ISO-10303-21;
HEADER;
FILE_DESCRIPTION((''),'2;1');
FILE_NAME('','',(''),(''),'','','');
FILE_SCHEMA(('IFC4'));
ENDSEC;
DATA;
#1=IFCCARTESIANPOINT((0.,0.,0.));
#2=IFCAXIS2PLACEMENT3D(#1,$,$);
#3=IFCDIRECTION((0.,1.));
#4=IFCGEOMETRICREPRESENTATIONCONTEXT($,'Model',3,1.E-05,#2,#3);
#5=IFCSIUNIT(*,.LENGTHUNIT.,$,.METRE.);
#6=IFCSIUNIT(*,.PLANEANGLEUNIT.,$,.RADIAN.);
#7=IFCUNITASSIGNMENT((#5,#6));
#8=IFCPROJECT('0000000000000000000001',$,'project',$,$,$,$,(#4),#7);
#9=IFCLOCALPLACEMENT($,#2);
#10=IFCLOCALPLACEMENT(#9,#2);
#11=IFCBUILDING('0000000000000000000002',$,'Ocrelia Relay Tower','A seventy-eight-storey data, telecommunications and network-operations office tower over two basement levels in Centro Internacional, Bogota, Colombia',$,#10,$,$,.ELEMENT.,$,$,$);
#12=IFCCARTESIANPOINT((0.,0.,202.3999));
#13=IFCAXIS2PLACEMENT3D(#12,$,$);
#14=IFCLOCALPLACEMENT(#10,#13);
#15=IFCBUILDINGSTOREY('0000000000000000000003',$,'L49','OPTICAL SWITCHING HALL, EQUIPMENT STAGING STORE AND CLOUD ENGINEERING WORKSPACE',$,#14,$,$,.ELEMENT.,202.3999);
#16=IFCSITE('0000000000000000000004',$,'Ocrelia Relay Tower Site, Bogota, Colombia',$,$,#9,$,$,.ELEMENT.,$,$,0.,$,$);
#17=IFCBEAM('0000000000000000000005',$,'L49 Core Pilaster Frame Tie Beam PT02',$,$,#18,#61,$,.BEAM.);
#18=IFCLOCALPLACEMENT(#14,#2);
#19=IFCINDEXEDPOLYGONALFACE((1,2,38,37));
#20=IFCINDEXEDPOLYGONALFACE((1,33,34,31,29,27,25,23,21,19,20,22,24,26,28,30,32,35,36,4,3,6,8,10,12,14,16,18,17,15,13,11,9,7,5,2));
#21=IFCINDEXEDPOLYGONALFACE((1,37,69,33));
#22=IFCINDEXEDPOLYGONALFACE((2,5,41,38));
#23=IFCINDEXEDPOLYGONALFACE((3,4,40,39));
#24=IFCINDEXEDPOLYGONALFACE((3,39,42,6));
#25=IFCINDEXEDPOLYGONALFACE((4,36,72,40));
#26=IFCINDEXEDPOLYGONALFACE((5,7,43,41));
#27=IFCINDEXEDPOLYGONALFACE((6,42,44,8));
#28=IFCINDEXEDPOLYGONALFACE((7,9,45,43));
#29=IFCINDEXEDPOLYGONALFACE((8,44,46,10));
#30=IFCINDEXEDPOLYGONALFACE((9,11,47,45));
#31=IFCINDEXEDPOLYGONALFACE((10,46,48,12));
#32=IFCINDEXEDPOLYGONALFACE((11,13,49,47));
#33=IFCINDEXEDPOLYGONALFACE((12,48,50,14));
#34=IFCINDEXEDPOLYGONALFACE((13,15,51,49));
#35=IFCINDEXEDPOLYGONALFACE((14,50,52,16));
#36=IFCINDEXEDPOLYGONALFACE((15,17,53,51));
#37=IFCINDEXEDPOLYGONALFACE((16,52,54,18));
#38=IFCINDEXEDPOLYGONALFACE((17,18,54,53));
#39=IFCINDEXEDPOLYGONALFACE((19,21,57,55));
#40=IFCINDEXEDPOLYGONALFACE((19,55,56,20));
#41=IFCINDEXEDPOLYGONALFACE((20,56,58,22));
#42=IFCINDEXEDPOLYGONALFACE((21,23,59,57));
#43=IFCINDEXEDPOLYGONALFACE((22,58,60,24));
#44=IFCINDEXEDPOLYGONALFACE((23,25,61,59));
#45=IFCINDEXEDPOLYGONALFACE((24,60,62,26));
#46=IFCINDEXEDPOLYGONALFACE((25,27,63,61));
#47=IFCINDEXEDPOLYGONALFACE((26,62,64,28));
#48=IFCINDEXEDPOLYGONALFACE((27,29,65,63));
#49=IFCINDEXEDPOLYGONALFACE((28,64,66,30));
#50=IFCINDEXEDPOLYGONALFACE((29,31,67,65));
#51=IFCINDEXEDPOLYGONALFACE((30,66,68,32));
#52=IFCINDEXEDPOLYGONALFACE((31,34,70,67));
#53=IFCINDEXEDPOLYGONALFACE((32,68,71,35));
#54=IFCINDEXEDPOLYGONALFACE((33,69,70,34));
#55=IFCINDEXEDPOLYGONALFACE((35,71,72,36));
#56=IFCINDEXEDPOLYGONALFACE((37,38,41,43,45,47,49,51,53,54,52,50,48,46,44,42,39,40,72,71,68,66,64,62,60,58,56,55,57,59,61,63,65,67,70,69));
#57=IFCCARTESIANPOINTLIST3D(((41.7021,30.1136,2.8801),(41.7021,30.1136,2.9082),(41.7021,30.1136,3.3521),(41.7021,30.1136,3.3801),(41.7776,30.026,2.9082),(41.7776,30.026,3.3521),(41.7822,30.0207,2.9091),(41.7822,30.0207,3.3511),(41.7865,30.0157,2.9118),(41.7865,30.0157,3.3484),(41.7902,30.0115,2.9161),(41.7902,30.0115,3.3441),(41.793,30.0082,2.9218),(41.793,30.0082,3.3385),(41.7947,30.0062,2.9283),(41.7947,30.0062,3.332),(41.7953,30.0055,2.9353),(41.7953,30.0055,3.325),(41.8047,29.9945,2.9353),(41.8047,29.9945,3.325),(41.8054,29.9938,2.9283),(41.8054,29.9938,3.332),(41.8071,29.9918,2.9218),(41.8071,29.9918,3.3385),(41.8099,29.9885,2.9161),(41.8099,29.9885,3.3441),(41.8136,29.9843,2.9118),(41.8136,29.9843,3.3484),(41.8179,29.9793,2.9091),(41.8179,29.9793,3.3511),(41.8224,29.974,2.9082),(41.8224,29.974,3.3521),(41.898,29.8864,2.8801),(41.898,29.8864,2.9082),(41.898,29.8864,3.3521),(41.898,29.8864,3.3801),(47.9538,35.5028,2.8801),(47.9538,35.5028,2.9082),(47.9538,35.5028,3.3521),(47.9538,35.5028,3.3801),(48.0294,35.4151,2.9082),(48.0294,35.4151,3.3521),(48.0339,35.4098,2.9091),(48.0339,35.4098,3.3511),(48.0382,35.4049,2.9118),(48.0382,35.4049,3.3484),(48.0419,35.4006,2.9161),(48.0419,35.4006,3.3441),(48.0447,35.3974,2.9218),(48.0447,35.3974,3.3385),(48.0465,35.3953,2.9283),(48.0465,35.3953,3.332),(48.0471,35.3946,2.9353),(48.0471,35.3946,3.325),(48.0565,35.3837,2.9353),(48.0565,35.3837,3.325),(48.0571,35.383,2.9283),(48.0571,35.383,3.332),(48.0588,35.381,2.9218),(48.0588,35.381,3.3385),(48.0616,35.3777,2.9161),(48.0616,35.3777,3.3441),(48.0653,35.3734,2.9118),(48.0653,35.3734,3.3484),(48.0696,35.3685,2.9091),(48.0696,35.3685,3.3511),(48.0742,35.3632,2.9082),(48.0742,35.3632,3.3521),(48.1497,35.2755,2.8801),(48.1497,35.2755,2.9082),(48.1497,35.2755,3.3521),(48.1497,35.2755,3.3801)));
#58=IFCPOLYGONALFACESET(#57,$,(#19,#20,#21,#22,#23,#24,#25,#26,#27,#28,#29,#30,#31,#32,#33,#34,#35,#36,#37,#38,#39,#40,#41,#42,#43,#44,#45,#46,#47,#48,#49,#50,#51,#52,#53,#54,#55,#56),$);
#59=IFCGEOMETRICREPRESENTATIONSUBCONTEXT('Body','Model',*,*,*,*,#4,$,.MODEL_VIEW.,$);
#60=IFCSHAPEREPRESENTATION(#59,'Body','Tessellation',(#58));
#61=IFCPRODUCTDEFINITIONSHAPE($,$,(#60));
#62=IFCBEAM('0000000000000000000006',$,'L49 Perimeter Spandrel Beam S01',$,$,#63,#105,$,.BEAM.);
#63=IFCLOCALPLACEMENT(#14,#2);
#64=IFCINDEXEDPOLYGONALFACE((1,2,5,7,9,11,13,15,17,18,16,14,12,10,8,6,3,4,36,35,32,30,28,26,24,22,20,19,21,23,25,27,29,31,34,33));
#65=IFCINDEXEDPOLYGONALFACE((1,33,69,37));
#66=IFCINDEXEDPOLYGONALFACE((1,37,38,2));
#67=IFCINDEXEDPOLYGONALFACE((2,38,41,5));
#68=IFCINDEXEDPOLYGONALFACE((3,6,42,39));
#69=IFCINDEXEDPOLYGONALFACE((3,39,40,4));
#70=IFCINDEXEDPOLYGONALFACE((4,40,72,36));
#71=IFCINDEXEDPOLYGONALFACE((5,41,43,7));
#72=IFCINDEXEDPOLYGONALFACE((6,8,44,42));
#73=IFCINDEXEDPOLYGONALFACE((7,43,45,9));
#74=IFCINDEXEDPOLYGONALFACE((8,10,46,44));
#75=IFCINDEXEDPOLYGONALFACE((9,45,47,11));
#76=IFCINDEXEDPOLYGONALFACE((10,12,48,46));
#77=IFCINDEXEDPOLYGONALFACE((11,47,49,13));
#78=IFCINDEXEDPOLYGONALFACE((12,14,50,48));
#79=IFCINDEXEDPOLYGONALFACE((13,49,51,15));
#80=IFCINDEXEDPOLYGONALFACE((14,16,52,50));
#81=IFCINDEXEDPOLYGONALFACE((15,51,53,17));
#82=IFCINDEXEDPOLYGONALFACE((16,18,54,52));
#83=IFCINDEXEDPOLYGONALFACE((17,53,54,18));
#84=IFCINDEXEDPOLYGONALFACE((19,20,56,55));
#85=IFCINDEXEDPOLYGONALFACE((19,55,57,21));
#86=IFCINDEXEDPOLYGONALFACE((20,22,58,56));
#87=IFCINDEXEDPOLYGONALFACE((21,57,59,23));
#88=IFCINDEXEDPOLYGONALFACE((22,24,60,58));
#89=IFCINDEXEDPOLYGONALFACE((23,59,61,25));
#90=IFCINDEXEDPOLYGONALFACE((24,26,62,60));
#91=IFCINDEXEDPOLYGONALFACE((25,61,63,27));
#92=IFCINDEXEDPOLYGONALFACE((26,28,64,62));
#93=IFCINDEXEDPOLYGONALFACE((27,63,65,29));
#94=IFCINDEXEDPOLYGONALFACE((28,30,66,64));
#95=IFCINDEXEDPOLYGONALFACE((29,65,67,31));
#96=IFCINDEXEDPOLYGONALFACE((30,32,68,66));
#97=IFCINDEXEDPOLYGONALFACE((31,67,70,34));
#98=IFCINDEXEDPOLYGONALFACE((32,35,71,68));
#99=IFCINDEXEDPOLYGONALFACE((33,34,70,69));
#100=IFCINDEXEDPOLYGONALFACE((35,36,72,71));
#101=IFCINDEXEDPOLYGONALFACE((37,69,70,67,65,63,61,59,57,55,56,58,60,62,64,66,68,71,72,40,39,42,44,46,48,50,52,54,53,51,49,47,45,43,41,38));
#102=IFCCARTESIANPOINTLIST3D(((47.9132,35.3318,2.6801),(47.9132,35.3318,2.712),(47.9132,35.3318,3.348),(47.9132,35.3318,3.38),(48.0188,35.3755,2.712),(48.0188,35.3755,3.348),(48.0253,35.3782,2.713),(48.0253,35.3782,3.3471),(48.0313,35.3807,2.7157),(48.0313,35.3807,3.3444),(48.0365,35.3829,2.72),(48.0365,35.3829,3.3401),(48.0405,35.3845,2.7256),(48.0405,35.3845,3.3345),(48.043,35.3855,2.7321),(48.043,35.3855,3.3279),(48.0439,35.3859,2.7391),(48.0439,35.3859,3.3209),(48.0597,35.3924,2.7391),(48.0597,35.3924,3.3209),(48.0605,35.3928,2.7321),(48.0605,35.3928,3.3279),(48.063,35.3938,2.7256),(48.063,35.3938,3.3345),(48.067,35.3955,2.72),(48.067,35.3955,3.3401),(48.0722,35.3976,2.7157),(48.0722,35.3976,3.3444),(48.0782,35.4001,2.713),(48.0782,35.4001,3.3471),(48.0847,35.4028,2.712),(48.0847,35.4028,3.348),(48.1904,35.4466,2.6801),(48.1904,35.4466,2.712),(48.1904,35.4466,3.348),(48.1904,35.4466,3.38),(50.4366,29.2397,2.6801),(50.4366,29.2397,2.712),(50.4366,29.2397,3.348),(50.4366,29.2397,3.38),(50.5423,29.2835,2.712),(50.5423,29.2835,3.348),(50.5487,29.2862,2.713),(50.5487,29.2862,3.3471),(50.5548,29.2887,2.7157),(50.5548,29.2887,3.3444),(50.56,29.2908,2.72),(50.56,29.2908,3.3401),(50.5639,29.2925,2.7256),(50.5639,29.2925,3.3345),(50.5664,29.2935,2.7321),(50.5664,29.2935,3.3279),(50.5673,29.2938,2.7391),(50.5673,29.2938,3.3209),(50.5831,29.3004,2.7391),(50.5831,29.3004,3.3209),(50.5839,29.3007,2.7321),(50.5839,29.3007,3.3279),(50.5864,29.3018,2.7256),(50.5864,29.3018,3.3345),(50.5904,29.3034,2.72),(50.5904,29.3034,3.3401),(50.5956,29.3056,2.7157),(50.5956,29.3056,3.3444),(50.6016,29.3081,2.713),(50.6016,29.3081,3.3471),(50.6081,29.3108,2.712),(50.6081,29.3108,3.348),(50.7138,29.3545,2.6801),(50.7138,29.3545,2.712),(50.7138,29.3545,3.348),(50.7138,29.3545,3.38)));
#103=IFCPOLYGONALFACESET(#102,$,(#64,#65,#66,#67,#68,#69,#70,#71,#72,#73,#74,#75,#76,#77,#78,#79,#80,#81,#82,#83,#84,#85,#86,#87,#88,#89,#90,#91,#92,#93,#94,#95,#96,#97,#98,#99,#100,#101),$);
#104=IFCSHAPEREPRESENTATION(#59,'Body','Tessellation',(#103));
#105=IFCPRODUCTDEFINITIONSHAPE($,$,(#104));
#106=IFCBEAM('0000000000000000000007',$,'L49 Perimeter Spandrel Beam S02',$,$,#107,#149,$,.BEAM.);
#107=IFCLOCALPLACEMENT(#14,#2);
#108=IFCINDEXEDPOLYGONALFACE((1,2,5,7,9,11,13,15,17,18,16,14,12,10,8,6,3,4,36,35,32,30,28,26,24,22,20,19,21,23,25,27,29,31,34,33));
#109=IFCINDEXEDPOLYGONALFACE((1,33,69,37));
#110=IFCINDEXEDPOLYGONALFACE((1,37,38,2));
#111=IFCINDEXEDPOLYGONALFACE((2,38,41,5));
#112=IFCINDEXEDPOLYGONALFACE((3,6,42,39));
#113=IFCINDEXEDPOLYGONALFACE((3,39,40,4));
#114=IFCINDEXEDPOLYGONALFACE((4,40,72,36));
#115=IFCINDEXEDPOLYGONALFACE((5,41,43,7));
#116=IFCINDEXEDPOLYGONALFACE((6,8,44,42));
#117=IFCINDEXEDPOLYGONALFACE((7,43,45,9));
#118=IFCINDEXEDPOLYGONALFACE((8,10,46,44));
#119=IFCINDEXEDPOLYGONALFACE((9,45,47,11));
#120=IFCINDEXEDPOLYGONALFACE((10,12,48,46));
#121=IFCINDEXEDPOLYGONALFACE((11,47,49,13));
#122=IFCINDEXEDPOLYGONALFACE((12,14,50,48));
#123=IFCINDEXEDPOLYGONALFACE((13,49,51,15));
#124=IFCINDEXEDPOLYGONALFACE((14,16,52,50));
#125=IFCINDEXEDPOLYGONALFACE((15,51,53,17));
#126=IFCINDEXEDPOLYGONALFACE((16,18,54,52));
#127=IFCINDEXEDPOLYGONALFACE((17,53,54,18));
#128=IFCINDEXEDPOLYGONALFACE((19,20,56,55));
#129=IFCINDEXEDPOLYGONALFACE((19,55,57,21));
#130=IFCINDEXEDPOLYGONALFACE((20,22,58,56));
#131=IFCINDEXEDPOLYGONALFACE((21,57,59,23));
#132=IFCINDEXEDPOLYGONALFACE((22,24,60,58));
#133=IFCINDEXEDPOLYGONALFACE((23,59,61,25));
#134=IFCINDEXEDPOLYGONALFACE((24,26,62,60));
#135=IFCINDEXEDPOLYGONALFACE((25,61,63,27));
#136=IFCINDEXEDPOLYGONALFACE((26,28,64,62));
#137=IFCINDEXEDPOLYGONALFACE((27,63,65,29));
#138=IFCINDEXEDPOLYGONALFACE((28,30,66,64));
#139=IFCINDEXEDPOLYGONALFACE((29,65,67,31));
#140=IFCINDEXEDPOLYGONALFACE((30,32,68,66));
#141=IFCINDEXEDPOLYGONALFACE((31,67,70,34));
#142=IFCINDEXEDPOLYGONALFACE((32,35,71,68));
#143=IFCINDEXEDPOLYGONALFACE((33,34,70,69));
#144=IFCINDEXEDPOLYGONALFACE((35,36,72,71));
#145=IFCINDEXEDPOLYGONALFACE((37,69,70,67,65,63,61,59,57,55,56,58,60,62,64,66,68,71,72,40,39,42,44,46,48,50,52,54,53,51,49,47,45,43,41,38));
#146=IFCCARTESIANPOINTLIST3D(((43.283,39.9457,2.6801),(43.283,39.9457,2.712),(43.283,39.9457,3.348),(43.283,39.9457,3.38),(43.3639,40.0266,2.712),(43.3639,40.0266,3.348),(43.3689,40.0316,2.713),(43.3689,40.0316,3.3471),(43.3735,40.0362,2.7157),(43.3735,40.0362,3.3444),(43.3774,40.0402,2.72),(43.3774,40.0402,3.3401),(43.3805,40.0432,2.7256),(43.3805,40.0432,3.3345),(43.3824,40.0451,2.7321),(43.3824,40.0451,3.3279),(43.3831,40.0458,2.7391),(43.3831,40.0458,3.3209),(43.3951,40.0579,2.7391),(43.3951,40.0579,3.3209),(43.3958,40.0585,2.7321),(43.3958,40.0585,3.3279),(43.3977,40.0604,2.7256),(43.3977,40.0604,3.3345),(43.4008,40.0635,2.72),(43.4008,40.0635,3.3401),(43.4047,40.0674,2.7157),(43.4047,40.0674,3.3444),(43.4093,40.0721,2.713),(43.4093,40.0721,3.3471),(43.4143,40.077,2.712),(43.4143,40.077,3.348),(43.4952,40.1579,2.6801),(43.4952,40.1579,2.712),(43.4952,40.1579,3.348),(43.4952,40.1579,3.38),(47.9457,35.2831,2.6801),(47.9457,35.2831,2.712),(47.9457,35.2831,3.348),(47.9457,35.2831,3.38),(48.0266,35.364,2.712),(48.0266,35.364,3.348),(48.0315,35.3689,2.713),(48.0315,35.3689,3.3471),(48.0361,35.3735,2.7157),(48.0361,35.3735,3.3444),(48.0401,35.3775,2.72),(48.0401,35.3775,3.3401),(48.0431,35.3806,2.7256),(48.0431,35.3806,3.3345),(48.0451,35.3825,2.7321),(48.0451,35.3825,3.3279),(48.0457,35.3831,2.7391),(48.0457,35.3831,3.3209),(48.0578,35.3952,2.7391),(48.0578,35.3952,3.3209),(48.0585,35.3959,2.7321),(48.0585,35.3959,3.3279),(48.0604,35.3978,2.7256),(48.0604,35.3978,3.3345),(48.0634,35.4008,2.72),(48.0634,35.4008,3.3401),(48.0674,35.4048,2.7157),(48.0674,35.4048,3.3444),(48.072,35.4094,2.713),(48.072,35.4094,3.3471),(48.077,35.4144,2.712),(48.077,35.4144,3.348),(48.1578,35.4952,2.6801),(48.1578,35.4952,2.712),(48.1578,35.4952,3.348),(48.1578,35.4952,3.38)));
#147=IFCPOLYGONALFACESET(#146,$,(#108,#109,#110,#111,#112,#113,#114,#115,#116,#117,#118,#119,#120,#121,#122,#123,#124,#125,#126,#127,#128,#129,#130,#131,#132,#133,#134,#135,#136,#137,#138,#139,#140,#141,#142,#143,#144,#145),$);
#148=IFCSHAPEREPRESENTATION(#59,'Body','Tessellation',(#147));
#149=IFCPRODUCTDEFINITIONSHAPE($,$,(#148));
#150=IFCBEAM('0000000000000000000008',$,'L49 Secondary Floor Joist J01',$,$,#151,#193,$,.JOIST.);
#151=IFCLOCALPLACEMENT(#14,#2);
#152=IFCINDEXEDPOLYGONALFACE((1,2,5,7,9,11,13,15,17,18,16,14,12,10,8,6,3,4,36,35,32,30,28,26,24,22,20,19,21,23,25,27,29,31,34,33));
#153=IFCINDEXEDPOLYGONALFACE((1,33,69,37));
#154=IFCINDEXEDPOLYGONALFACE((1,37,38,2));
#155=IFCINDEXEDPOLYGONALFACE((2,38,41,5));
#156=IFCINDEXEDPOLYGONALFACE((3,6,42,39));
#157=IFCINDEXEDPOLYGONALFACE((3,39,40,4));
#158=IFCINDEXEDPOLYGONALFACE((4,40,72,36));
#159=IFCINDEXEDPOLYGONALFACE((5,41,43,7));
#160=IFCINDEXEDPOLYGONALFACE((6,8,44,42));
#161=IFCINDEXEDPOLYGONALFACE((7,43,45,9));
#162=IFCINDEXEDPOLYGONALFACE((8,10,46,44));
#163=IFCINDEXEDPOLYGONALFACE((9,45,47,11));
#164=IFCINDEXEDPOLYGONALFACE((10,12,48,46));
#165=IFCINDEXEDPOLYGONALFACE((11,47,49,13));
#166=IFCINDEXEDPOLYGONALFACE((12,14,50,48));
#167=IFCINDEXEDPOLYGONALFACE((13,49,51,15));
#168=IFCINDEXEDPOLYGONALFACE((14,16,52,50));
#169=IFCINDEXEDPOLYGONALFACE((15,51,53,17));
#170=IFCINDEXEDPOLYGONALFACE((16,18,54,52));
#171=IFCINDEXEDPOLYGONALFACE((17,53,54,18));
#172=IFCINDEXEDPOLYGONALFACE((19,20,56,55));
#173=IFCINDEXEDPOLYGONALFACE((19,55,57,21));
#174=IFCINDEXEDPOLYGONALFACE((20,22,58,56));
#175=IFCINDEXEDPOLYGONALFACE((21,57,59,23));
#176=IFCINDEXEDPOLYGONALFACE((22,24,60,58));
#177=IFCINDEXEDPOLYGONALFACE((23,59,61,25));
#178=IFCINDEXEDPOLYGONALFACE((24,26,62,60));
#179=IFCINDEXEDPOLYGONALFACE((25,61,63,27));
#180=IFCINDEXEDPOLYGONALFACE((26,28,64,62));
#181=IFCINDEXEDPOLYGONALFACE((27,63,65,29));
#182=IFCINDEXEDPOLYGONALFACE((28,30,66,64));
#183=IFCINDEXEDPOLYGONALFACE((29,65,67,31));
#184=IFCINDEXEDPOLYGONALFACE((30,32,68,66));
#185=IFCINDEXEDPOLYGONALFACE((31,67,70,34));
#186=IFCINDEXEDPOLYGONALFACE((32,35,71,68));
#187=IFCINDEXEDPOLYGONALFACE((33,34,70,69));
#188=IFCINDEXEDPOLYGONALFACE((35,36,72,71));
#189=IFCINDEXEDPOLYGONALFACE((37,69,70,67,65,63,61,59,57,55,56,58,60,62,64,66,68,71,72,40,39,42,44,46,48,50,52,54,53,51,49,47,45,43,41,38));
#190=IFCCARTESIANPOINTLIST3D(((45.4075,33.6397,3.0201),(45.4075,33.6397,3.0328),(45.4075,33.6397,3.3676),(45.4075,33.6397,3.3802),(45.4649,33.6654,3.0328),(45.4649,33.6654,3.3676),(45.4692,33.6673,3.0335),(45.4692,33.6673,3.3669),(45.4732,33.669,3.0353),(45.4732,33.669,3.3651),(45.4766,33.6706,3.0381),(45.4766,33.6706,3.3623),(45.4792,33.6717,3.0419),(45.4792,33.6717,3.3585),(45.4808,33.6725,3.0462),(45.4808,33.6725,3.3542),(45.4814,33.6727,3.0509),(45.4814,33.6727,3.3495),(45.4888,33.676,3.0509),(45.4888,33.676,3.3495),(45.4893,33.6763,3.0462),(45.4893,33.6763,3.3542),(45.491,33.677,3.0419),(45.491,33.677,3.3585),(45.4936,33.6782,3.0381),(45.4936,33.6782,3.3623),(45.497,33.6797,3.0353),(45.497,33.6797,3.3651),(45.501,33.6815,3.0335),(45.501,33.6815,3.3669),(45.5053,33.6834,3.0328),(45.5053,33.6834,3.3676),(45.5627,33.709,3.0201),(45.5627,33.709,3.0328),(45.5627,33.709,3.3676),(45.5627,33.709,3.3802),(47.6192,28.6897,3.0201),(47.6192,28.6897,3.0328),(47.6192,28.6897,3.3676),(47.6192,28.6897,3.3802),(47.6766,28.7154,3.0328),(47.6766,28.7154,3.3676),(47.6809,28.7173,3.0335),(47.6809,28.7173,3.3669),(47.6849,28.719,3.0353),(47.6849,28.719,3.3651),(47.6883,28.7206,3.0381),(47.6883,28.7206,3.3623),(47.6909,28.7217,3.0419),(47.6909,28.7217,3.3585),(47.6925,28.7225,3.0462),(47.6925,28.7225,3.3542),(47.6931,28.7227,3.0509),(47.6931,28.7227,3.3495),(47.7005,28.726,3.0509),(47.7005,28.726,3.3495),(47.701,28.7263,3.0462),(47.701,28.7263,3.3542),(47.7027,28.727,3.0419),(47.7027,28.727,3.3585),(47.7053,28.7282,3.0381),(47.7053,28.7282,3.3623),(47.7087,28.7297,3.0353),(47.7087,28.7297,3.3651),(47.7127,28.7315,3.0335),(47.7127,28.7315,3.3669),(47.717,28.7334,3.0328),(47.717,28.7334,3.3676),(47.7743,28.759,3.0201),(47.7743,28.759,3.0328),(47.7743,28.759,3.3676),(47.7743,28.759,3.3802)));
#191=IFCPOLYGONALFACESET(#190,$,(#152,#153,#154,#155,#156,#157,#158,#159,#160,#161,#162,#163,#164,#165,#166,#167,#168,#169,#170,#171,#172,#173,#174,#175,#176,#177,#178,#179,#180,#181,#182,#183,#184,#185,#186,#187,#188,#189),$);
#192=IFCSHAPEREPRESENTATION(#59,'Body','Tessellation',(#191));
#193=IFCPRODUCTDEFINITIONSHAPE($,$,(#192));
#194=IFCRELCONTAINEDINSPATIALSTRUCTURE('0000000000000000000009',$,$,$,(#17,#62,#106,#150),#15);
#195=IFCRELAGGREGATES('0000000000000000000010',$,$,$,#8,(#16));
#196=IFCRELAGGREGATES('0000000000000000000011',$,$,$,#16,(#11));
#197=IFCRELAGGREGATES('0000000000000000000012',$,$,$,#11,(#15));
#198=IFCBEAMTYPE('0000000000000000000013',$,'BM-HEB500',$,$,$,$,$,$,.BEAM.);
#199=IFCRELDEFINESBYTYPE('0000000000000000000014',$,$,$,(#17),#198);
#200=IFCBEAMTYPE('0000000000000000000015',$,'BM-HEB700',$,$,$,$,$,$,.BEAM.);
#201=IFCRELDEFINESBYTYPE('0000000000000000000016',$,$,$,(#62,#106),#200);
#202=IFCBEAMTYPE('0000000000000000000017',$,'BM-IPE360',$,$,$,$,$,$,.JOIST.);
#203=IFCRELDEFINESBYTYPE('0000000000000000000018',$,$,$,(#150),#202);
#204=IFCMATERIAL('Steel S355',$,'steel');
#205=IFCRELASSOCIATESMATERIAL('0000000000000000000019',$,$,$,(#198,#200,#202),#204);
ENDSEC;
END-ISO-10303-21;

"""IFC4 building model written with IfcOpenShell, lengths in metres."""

from ifc_helpers import new_model, si_unit, direction, frame, origin, origin_2d, place, context, subcontext, project, spatial, i_section, extrude, material, material_profile, profile_set, type_object, element, save


model = new_model("IFC4")

# Units and contexts
model_context = context("Model", 3, precision=1e-05, world=origin(), true_north=direction((0.0, 1.0)))
body_context = subcontext(model_context, "Body", "Model", "MODEL_VIEW")
ifc_project = project(units=[si_unit("LENGTHUNIT", "METRE"), si_unit("PLANEANGLEUNIT", "RADIAN")], contexts=[model_context])

# Site, building, storey
site_placement = place(None, origin())
site = spatial("IfcSite", under=ifc_project, at=site_placement, Name="Ocrelia Relay Tower Site, Bogota, Colombia", CompositionType="ELEMENT", RefElevation=0.0)
building_placement = place(site_placement, origin())
building = spatial("IfcBuilding", under=site, at=building_placement, Name="Ocrelia Relay Tower", Description="A seventy-eight-storey data, telecommunications and network-operations office tower over two basement levels in Centro Internacional, Bogota, Colombia", CompositionType="ELEMENT")
storey_placement = place(building_placement, frame((0.0, 0.0, 202.3999)))
storey = spatial("IfcBuildingStorey", under=building, at=storey_placement, Name="L49", Description="OPTICAL SWITCHING HALL, EQUIPMENT STAGING STORE AND CLOUD ENGINEERING WORKSPACE", CompositionType="ELEMENT", Elevation=202.3999)

# Beams
ifc_material_1 = material(Name="Steel S355", Category="steel")
ifc_material_profile_1 = material_profile(ifc_material_1, i_section(OverallWidth=0.3, OverallDepth=0.5, WebThickness=0.0144, FlangeThickness=0.0281, FilletRadius=0.0271, at=origin_2d()), Name="HEB 500")
ifc_profile_set_1 = profile_set([ifc_material_profile_1], Name="Steel S355")
beam_type_1 = type_object("IfcBeamType", Name="BM-HEB500", PredefinedType="BEAM", material=ifc_profile_set_1)
beam_1_placement = place(storey_placement, frame((48.0518, 35.3892, 3.1301), z_axis=(-0.757425, -0.652923, 0.0), x_axis=(0.652923, -0.757425, 0.0)))
element("IfcBeam", 1, at=beam_1_placement, inside=storey, type_object=beam_type_1, Name="L49 Core Pilaster Frame Tie Beam PT02", PredefinedType="BEAM", context=body_context, shape_type="SweptSolid", body=[
    extrude(i_section(OverallWidth=0.3, OverallDepth=0.5, WebThickness=0.0144, FlangeThickness=0.0281, FilletRadius=0.0271, at=origin_2d()), origin(), (0.0, 0.0, 1.0), 8.2539),
])
ifc_material_profile_2 = material_profile(ifc_material_1, i_section(OverallWidth=0.3, OverallDepth=0.7, WebThickness=0.0171, FlangeThickness=0.032, FilletRadius=0.0271, at=origin_2d()), Name="HEB 700")
ifc_profile_set_2 = profile_set([ifc_material_profile_2], Name="Steel S355")
beam_type_2 = type_object("IfcBeamType", Name="BM-HEB700", PredefinedType="BEAM", material=ifc_profile_set_2)
for number, where, z_axis, x_axis, name in (
    (2, (50.5752, 29.2971, 3.03), (-0.382688, 0.923878, 0.0), (-0.923878, -0.382688, 0.0), "L49 Perimeter Spandrel Beam S01"),
    (3, (48.0518, 35.3892, 3.03), (-0.707107, 0.707107, 0.0), (-0.707107, -0.707107, 0.0), "L49 Perimeter Spandrel Beam S02"),
):
    element("IfcBeam", number, at=place(storey_placement, frame(where, z_axis=z_axis, x_axis=x_axis)), inside=storey, type_object=beam_type_2, Name=name, PredefinedType="BEAM", context=body_context, shape_type="SweptSolid", body=[
        extrude(i_section(OverallWidth=0.3, OverallDepth=0.7, WebThickness=0.0171, FlangeThickness=0.032, FilletRadius=0.0271, at=origin_2d()), origin(), (0.0, 0.0, 1.0), 6.594),
    ])
ifc_material_profile_3 = material_profile(ifc_material_1, i_section(OverallWidth=0.1699, OverallDepth=0.3601, WebThickness=0.0081, FlangeThickness=0.0127, FilletRadius=0.0181, at=origin_2d()), Name="IPE 360")
ifc_profile_set_3 = profile_set([ifc_material_profile_3], Name="Steel S355")
beam_type_3 = type_object("IfcBeamType", Name="BM-IPE360", PredefinedType="JOIST", material=ifc_profile_set_3)
beam_2_placement = place(storey_placement, frame((47.6968, 28.7244, 3.2002), z_axis=(-0.407938, 0.913009, 0.0), x_axis=(-0.913009, -0.407938, 0.0)))
element("IfcBeam", 4, at=beam_2_placement, inside=storey, type_object=beam_type_3, Name="L49 Secondary Floor Joist J01", PredefinedType="JOIST", context=body_context, shape_type="SweptSolid", body=[
    extrude(i_section(OverallWidth=0.1699, OverallDepth=0.3601, WebThickness=0.0081, FlangeThickness=0.0127, FilletRadius=0.0181, at=origin_2d()), origin(), (0.0, 0.0, 1.0), 5.4216),
])

save(model, "model.ifc")
